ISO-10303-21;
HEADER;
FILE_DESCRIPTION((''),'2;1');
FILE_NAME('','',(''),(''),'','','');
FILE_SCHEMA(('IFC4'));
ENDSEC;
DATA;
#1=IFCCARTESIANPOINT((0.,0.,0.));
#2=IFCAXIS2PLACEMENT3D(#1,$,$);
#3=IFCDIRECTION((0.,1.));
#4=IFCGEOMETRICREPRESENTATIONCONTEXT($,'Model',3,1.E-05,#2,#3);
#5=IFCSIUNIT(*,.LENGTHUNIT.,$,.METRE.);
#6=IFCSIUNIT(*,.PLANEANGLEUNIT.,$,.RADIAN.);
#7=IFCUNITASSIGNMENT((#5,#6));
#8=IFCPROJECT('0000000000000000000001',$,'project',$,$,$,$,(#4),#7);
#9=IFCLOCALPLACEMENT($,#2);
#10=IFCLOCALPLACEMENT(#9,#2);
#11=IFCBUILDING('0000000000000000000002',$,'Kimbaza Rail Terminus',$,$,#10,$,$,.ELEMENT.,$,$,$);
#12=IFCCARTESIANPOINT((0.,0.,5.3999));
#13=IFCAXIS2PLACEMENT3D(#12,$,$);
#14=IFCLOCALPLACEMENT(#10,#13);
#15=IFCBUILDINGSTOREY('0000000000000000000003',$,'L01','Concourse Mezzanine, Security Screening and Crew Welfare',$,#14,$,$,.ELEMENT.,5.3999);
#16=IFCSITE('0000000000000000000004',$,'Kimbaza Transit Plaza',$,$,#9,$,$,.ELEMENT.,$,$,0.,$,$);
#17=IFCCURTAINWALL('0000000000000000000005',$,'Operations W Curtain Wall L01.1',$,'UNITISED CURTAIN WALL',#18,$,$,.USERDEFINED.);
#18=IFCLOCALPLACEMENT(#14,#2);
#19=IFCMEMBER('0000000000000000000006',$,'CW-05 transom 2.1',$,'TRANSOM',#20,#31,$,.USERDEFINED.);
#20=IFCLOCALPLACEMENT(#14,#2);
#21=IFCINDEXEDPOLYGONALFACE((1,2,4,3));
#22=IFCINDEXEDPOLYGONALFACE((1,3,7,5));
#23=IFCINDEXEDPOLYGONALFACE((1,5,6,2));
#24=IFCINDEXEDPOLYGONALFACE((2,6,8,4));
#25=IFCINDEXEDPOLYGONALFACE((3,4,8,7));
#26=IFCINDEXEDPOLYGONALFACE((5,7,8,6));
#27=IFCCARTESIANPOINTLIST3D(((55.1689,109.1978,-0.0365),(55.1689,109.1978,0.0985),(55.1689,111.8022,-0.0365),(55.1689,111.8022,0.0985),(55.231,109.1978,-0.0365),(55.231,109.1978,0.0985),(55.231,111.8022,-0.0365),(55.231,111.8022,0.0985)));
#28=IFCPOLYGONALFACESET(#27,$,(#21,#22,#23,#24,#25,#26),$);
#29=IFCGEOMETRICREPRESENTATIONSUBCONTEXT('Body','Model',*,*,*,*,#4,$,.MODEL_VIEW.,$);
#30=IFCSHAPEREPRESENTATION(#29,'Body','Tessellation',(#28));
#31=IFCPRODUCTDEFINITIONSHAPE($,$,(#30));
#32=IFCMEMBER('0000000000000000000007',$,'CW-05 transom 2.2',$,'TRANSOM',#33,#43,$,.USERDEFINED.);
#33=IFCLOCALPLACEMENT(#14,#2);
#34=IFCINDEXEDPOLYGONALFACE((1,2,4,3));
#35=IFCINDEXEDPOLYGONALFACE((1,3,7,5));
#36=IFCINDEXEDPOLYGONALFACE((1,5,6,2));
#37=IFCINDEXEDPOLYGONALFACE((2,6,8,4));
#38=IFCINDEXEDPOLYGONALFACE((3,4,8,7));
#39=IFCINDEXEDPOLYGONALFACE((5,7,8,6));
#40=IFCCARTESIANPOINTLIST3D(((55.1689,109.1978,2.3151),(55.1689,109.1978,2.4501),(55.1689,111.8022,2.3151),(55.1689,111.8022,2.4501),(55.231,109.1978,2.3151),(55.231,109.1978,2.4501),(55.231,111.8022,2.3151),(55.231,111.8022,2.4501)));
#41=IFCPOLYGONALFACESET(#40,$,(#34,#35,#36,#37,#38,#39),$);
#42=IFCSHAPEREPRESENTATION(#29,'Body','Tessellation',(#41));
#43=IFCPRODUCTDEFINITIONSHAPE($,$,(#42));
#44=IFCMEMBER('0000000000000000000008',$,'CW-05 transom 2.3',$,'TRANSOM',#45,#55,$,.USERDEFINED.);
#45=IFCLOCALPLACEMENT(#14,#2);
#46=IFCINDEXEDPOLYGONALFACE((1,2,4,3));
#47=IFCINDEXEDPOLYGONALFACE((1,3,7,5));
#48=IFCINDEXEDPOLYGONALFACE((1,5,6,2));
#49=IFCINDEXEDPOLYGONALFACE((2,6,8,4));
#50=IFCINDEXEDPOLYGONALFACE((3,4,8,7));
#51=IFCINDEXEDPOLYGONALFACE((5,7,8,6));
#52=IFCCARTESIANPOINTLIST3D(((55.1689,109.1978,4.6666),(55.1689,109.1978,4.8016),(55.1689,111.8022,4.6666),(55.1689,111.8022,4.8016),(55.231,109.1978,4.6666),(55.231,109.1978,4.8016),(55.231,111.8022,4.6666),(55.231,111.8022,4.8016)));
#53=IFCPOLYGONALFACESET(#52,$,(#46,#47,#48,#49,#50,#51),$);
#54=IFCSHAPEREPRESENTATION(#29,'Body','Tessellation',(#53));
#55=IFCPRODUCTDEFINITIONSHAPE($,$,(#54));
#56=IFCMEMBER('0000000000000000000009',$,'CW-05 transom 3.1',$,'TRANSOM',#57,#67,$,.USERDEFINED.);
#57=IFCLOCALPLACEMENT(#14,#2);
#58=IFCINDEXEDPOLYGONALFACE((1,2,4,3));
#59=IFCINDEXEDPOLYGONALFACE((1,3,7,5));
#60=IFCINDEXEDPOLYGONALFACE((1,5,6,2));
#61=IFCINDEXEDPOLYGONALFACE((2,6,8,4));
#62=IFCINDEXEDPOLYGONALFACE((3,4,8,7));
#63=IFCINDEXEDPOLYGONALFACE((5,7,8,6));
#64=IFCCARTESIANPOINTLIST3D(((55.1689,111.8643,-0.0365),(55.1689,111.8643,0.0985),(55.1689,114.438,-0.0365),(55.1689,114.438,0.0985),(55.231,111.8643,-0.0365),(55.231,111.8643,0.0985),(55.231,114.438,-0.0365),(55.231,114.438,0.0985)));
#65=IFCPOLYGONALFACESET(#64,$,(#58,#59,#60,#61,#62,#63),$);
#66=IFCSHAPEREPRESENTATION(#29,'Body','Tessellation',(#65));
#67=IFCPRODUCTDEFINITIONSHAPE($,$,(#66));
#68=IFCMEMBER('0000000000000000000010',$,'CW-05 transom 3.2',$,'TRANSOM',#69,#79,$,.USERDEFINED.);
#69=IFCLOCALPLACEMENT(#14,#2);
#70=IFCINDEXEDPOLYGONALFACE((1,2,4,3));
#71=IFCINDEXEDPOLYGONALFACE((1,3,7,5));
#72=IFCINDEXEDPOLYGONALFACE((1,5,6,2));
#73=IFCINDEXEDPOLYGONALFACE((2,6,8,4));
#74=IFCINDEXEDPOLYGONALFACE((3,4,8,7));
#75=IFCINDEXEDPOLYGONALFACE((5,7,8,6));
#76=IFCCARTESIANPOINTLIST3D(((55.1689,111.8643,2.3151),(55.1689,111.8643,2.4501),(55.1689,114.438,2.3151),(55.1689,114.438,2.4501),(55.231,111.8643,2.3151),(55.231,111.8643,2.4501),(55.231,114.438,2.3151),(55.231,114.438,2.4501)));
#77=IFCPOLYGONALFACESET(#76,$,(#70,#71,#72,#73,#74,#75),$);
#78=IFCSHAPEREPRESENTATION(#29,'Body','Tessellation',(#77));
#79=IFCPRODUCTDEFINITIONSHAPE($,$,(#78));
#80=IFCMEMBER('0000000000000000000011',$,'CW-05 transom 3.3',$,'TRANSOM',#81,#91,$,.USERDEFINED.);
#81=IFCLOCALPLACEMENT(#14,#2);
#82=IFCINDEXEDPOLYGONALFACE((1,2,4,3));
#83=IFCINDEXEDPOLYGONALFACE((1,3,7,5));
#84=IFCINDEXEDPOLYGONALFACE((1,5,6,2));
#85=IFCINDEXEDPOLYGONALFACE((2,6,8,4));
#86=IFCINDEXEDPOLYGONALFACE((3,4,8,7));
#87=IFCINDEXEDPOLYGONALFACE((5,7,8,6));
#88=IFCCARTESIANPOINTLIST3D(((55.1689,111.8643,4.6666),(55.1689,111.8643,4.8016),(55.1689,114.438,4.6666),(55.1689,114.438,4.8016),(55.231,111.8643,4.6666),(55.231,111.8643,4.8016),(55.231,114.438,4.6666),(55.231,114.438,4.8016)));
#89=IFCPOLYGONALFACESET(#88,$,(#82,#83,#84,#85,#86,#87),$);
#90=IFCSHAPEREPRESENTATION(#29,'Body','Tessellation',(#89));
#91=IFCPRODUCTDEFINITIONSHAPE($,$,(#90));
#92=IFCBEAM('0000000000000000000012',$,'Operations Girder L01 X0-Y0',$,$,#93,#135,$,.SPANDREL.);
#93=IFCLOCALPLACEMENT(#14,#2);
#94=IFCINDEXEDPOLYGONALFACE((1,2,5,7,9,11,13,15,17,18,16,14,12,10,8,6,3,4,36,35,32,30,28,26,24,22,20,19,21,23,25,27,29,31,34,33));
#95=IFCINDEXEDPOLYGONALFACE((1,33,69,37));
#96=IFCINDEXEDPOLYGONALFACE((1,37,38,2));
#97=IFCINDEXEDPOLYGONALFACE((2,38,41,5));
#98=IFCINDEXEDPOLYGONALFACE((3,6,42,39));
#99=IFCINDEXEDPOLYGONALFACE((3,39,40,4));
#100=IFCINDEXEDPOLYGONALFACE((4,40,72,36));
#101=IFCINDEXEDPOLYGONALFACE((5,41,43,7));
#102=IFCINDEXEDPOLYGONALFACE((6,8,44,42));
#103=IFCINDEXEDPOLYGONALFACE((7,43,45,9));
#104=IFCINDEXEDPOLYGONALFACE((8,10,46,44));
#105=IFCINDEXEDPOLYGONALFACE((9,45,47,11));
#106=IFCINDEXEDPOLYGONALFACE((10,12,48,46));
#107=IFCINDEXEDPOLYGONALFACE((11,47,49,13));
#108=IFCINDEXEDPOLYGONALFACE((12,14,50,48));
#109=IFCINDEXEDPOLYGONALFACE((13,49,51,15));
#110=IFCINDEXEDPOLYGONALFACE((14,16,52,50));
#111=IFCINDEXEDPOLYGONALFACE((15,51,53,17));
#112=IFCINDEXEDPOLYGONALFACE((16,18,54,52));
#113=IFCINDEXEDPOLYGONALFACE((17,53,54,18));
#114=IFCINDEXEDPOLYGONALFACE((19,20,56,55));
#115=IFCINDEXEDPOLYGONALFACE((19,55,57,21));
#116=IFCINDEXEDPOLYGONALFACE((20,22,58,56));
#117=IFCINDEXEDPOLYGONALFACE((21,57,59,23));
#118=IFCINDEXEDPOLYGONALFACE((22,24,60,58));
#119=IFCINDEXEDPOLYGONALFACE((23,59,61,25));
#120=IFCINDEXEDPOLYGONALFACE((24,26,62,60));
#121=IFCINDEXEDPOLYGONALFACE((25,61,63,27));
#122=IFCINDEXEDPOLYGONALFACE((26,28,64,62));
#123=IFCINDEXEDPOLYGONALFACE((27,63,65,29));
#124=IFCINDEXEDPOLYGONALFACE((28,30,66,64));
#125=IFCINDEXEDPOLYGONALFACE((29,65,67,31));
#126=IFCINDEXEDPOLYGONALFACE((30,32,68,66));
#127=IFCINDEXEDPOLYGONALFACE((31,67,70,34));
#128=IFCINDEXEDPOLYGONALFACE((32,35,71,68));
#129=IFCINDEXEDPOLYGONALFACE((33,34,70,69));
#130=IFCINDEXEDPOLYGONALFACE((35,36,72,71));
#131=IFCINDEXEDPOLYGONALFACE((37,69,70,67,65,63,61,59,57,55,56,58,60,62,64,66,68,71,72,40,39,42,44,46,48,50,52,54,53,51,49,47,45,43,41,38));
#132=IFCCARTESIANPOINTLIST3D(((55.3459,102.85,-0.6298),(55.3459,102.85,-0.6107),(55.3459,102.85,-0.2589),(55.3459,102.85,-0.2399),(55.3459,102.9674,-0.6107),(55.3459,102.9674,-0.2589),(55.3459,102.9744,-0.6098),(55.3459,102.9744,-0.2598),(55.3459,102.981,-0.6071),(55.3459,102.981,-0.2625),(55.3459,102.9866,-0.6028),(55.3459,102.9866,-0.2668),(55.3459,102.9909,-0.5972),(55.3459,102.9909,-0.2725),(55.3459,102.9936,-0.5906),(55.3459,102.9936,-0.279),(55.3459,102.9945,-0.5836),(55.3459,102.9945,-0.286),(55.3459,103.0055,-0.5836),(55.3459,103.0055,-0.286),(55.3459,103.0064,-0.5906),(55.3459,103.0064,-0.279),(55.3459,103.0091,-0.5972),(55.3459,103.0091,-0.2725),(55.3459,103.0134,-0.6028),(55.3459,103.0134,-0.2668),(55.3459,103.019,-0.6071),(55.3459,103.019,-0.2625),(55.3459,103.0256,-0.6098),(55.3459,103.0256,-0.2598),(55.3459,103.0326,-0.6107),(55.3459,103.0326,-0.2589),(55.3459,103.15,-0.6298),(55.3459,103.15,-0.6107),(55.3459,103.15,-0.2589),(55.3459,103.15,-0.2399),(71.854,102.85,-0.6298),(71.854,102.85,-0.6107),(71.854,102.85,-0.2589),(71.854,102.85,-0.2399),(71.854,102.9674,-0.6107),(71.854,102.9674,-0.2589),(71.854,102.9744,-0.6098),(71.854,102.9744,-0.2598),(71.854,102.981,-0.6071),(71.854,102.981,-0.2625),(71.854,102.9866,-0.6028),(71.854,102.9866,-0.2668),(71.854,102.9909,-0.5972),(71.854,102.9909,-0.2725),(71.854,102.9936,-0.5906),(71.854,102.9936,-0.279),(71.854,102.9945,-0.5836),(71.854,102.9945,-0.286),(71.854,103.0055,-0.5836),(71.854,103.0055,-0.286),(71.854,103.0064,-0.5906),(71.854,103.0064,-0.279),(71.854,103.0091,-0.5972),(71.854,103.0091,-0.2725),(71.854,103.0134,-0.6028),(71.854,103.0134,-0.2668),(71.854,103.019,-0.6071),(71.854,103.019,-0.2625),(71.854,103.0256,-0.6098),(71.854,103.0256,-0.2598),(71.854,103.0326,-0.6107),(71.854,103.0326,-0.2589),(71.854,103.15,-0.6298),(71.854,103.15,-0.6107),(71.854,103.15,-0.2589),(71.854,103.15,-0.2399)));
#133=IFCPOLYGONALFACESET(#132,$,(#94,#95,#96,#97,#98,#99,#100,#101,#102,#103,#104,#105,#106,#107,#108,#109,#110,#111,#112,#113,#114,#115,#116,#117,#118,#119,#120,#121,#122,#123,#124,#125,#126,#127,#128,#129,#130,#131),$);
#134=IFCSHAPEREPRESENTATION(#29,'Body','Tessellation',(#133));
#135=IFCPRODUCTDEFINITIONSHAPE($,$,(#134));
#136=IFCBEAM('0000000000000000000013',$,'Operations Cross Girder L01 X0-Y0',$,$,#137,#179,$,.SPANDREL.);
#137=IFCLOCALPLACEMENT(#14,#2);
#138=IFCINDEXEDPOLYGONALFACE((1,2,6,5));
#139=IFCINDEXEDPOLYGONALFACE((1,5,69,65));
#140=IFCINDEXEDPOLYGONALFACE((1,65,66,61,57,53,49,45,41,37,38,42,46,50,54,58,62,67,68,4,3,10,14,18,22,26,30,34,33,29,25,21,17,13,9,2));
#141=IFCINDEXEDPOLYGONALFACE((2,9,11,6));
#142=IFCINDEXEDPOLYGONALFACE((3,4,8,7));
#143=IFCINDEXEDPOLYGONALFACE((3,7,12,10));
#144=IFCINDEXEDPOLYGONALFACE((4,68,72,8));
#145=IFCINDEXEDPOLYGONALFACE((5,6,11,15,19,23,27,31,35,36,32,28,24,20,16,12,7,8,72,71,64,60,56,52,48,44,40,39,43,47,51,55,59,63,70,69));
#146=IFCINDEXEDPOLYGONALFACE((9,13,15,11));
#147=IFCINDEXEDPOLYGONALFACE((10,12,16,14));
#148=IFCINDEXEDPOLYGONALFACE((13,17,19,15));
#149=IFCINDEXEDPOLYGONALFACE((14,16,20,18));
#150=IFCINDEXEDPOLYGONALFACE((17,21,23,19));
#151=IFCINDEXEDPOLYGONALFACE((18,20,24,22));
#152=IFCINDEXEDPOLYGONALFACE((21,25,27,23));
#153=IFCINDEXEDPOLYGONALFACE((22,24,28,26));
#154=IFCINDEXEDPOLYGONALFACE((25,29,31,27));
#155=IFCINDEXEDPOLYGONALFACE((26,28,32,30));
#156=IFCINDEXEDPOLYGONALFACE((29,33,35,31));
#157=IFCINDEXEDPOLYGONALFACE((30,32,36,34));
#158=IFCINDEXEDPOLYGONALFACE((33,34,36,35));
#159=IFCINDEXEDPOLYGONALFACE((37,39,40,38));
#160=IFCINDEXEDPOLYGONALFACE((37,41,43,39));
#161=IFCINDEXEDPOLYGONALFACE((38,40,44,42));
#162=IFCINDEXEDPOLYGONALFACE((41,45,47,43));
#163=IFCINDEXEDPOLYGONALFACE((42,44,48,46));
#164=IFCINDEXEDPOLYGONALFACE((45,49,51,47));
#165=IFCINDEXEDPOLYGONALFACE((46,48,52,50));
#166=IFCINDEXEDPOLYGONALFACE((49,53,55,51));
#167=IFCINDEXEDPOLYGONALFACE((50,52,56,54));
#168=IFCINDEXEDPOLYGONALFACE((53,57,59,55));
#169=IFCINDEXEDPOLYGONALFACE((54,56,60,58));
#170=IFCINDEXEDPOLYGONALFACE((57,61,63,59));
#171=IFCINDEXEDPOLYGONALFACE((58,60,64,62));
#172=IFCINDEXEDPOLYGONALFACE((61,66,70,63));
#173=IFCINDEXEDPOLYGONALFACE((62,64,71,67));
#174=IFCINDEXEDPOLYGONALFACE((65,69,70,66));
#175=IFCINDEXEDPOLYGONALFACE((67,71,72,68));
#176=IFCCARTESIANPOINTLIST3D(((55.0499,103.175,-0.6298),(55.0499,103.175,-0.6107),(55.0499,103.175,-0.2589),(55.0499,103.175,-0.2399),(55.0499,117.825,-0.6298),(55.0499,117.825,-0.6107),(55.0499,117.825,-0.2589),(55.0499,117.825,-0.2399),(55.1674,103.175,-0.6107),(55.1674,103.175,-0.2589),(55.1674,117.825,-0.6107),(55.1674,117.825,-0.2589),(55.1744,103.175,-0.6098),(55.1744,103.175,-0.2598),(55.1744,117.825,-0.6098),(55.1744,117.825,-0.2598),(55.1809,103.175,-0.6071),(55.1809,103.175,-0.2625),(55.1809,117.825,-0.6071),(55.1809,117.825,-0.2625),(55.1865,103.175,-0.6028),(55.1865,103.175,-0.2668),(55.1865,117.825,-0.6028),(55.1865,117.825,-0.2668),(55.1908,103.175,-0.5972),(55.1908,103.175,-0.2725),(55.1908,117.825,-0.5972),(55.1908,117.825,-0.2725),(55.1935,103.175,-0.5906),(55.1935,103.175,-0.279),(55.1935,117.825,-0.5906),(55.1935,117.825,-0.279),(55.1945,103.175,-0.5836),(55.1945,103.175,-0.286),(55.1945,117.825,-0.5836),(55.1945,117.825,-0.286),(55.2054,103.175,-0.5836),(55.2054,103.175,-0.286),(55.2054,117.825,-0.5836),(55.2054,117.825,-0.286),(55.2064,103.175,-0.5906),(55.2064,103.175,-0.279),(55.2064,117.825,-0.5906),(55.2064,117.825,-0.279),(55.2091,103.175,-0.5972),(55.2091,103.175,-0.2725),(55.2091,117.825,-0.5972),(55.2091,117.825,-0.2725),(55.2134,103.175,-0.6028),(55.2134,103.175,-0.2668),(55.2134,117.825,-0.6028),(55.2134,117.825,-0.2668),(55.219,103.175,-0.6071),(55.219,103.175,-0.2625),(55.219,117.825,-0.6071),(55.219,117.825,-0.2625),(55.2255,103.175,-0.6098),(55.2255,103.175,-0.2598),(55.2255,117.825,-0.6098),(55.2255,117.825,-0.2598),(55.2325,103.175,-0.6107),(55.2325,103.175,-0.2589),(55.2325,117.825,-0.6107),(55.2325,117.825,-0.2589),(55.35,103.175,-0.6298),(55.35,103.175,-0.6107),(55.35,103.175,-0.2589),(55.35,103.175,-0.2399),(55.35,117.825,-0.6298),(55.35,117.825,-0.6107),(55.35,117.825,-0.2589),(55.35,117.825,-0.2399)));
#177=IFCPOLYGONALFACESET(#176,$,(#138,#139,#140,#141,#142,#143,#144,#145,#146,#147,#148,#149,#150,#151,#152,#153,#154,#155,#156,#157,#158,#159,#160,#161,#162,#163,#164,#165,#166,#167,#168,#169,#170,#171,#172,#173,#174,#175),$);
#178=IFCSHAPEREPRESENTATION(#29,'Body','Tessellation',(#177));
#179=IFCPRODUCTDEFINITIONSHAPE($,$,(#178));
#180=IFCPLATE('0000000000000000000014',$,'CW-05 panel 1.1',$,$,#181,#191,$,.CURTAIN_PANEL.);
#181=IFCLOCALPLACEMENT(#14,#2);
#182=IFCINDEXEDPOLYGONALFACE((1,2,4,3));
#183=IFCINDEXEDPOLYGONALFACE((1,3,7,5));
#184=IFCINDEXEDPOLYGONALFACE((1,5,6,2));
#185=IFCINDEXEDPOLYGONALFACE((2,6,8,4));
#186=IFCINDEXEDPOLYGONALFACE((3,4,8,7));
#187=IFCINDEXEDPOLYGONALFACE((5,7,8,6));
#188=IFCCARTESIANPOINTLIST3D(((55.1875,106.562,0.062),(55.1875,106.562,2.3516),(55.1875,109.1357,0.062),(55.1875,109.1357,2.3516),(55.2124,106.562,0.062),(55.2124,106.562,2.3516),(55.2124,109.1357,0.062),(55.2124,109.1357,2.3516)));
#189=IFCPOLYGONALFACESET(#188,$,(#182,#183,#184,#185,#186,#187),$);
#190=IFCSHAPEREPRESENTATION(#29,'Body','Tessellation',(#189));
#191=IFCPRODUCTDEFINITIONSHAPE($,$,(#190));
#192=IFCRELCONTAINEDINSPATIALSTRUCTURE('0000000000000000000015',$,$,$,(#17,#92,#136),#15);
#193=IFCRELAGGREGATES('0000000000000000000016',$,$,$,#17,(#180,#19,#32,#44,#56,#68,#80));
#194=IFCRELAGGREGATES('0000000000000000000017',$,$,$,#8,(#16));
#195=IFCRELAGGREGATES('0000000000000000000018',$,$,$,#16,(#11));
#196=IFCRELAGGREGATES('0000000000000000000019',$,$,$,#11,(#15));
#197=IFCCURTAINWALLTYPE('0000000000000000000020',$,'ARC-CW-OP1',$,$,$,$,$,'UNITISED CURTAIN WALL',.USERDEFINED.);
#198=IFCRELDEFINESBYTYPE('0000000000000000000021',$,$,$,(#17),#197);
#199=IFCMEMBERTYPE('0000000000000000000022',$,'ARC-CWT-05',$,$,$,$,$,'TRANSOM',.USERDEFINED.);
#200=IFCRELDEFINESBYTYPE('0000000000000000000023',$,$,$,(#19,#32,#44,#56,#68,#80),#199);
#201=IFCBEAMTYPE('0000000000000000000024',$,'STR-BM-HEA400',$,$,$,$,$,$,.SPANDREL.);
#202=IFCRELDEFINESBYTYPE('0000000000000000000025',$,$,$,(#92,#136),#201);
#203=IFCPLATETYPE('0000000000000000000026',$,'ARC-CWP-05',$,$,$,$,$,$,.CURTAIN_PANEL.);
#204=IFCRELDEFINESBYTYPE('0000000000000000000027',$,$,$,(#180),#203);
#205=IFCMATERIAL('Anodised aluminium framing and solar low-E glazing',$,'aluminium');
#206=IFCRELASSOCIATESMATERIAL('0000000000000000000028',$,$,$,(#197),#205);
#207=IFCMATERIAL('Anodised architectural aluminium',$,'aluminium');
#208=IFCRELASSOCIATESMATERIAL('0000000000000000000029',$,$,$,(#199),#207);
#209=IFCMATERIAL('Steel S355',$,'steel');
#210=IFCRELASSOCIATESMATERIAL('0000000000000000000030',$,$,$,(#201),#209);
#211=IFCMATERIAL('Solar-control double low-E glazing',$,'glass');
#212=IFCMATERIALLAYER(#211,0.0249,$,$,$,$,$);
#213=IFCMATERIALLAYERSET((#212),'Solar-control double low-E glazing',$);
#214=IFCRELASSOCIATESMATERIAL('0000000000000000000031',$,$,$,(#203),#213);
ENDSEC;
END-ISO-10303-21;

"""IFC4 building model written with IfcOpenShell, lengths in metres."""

from ifc_helpers import new_model, si_unit, direction, frame, origin, origin_2d, place, context, subcontext, project, spatial, rectangle, i_section, extrude, material, layer, layer_set, material_profile, profile_set, type_object, element, aggregate, save


model = new_model("IFC4")

# Units and contexts
model_context = context("Model", 3, precision=1e-05, world=origin(), true_north=direction((0.0, 1.0)))
body_context = subcontext(model_context, "Body", "Model", "MODEL_VIEW")
ifc_project = project(units=[si_unit("LENGTHUNIT", "METRE"), si_unit("PLANEANGLEUNIT", "RADIAN")], contexts=[model_context])

# Site, building, storey
site_placement = place(None, origin())
site = spatial("IfcSite", under=ifc_project, at=site_placement, Name="Kimbaza Transit Plaza", CompositionType="ELEMENT", RefElevation=0.0)
building_placement = place(site_placement, origin())
building = spatial("IfcBuilding", under=site, at=building_placement, Name="Kimbaza Rail Terminus", CompositionType="ELEMENT")
storey_placement = place(building_placement, frame((0.0, 0.0, 5.3999)))
storey = spatial("IfcBuildingStorey", under=building, at=storey_placement, Name="L01", Description="Concourse Mezzanine, Security Screening and Crew Welfare", CompositionType="ELEMENT", Elevation=5.3999)

# Curtain wall, members
ifc_material_1 = material(Name="Anodised aluminium framing and solar low-E glazing", Category="aluminium")
curtain_wall_type = type_object("IfcCurtainWallType", Name="ARC-CW-OP1", ElementType="UNITISED CURTAIN WALL", PredefinedType="USERDEFINED", material=ifc_material_1)
curtain_wall_placement = place(storey_placement, origin())
curtain_wall = element("IfcCurtainWall", 1, at=curtain_wall_placement, inside=storey, type_object=curtain_wall_type, Name="Operations W Curtain Wall L01.1", ObjectType="UNITISED CURTAIN WALL", PredefinedType="USERDEFINED")
ifc_material_2 = material(Name="Anodised architectural aluminium", Category="aluminium")
ifc_material_profile_1 = material_profile(ifc_material_2, rectangle(XDim=0.062, YDim=0.135, at=origin_2d()), Name="TRANSOM 62x135")
ifc_profile_set_1 = profile_set([ifc_material_profile_1], Name="Anodised architectural aluminium")
member_type_1 = type_object("IfcMemberType", Name="ARC-CWT-05", ElementType="TRANSOM", PredefinedType="USERDEFINED", material=ifc_profile_set_1)
member_1_placement = place(storey_placement, frame((55.2, 109.1978, 0.031), z_axis=(0.0, 1.0, 0.0), x_axis=(-1.0, 0.0, 0.0)))
member_1 = element("IfcMember", 2, at=member_1_placement, type_object=member_type_1, Name="CW-05 transom 2.1", ObjectType="TRANSOM", PredefinedType="USERDEFINED", context=body_context, shape_type="SweptSolid", body=[
    extrude(rectangle(XDim=0.062, YDim=0.135, at=origin_2d()), origin(), (0.0, 0.0, 1.0), 2.6045),
])
member_2_placement = place(storey_placement, frame((55.2, 109.1978, 2.3826), z_axis=(0.0, 1.0, 0.0), x_axis=(-1.0, 0.0, 0.0)))
member_2 = element("IfcMember", 3, at=member_2_placement, type_object=member_type_1, Name="CW-05 transom 2.2", ObjectType="TRANSOM", PredefinedType="USERDEFINED", context=body_context, shape_type="SweptSolid", body=[
    extrude(rectangle(XDim=0.062, YDim=0.135, at=origin_2d()), origin(), (0.0, 0.0, 1.0), 2.6045),
])
member_3_placement = place(storey_placement, frame((55.2, 109.1978, 4.7341), z_axis=(0.0, 1.0, 0.0), x_axis=(-1.0, 0.0, 0.0)))
member_3 = element("IfcMember", 4, at=member_3_placement, type_object=member_type_1, Name="CW-05 transom 2.3", ObjectType="TRANSOM", PredefinedType="USERDEFINED", context=body_context, shape_type="SweptSolid", body=[
    extrude(rectangle(XDim=0.062, YDim=0.135, at=origin_2d()), origin(), (0.0, 0.0, 1.0), 2.6045),
])
member_4_placement = place(storey_placement, frame((55.2, 111.8643, 0.031), z_axis=(0.0, 1.0, 0.0), x_axis=(-1.0, 0.0, 0.0)))
member_4 = element("IfcMember", 5, at=member_4_placement, type_object=member_type_1, Name="CW-05 transom 3.1", ObjectType="TRANSOM", PredefinedType="USERDEFINED", context=body_context, shape_type="SweptSolid", body=[
    extrude(rectangle(XDim=0.062, YDim=0.135, at=origin_2d()), origin(), (0.0, 0.0, 1.0), 2.5737),
])
member_5_placement = place(storey_placement, frame((55.2, 111.8643, 2.3826), z_axis=(0.0, 1.0, 0.0), x_axis=(-1.0, 0.0, 0.0)))
member_5 = element("IfcMember", 6, at=member_5_placement, type_object=member_type_1, Name="CW-05 transom 3.2", ObjectType="TRANSOM", PredefinedType="USERDEFINED", context=body_context, shape_type="SweptSolid", body=[
    extrude(rectangle(XDim=0.062, YDim=0.135, at=origin_2d()), origin(), (0.0, 0.0, 1.0), 2.5737),
])
member_6_placement = place(storey_placement, frame((55.2, 111.8643, 4.7341), z_axis=(0.0, 1.0, 0.0), x_axis=(-1.0, 0.0, 0.0)))
member_6 = element("IfcMember", 7, at=member_6_placement, type_object=member_type_1, Name="CW-05 transom 3.3", ObjectType="TRANSOM", PredefinedType="USERDEFINED", context=body_context, shape_type="SweptSolid", body=[
    extrude(rectangle(XDim=0.062, YDim=0.135, at=origin_2d()), origin(), (0.0, 0.0, 1.0), 2.5737),
])

# Beams
ifc_material_3 = material(Name="Steel S355", Category="steel")
ifc_material_profile_2 = material_profile(ifc_material_3, i_section(OverallWidth=0.3, OverallDepth=0.3899, WebThickness=0.011, FlangeThickness=0.019, FilletRadius=0.0271, at=origin_2d()), Name="HEA 400")
ifc_profile_set_2 = profile_set([ifc_material_profile_2], Name="Steel S355")
beam_type = type_object("IfcBeamType", Name="STR-BM-HEA400", PredefinedType="SPANDREL", material=ifc_profile_set_2)
beam_1_placement = place(storey_placement, frame((55.3459, 103.0, -0.4348), z_axis=(1.0, 0.0, 0.0), x_axis=(0.0, 1.0, 0.0)))
element("IfcBeam", 8, at=beam_1_placement, inside=storey, type_object=beam_type, Name="Operations Girder L01 X0-Y0", PredefinedType="SPANDREL", context=body_context, shape_type="SweptSolid", body=[
    extrude(i_section(OverallWidth=0.3, OverallDepth=0.3899, WebThickness=0.011, FlangeThickness=0.019, FilletRadius=0.0271, at=origin_2d()), origin(), (0.0, 0.0, 1.0), 16.5081),
])
beam_2_placement = place(storey_placement, frame((55.2, 103.175, -0.4348), z_axis=(0.0, 1.0, 0.0), x_axis=(-1.0, 0.0, 0.0)))
element("IfcBeam", 9, at=beam_2_placement, inside=storey, type_object=beam_type, Name="Operations Cross Girder L01 X0-Y0", PredefinedType="SPANDREL", context=body_context, shape_type="SweptSolid", body=[
    extrude(i_section(OverallWidth=0.3, OverallDepth=0.3899, WebThickness=0.011, FlangeThickness=0.019, FilletRadius=0.0271, at=origin_2d()), origin(), (0.0, 0.0, 1.0), 14.6499),
])

# Plate
ifc_material_4 = material(Name="Solar-control double low-E glazing", Category="glass")
ifc_layer_1 = layer(ifc_material_4, 0.0249)
ifc_layer_set_1 = layer_set([ifc_layer_1], Name="Solar-control double low-E glazing")
plate_type = type_object("IfcPlateType", Name="ARC-CWP-05", PredefinedType="CURTAIN_PANEL", material=ifc_layer_set_1)
plate_1_placement = place(storey_placement, frame((55.2, 107.8489, 0.062), z_axis=(0.0, 0.0, 1.0), x_axis=(0.0, 1.0, 0.0)))
plate_1 = element("IfcPlate", 10, at=plate_1_placement, type_object=plate_type, Name="CW-05 panel 1.1", PredefinedType="CURTAIN_PANEL", context=body_context, shape_type="SweptSolid", body=[
    extrude(rectangle(XDim=2.5737, YDim=0.0249, at=origin_2d()), origin(), (0.0, 0.0, 1.0), 2.2896),
])
aggregate(curtain_wall, [plate_1, member_1, member_2, member_3, member_4, member_5, member_6])

save(model, "model.ifc")
